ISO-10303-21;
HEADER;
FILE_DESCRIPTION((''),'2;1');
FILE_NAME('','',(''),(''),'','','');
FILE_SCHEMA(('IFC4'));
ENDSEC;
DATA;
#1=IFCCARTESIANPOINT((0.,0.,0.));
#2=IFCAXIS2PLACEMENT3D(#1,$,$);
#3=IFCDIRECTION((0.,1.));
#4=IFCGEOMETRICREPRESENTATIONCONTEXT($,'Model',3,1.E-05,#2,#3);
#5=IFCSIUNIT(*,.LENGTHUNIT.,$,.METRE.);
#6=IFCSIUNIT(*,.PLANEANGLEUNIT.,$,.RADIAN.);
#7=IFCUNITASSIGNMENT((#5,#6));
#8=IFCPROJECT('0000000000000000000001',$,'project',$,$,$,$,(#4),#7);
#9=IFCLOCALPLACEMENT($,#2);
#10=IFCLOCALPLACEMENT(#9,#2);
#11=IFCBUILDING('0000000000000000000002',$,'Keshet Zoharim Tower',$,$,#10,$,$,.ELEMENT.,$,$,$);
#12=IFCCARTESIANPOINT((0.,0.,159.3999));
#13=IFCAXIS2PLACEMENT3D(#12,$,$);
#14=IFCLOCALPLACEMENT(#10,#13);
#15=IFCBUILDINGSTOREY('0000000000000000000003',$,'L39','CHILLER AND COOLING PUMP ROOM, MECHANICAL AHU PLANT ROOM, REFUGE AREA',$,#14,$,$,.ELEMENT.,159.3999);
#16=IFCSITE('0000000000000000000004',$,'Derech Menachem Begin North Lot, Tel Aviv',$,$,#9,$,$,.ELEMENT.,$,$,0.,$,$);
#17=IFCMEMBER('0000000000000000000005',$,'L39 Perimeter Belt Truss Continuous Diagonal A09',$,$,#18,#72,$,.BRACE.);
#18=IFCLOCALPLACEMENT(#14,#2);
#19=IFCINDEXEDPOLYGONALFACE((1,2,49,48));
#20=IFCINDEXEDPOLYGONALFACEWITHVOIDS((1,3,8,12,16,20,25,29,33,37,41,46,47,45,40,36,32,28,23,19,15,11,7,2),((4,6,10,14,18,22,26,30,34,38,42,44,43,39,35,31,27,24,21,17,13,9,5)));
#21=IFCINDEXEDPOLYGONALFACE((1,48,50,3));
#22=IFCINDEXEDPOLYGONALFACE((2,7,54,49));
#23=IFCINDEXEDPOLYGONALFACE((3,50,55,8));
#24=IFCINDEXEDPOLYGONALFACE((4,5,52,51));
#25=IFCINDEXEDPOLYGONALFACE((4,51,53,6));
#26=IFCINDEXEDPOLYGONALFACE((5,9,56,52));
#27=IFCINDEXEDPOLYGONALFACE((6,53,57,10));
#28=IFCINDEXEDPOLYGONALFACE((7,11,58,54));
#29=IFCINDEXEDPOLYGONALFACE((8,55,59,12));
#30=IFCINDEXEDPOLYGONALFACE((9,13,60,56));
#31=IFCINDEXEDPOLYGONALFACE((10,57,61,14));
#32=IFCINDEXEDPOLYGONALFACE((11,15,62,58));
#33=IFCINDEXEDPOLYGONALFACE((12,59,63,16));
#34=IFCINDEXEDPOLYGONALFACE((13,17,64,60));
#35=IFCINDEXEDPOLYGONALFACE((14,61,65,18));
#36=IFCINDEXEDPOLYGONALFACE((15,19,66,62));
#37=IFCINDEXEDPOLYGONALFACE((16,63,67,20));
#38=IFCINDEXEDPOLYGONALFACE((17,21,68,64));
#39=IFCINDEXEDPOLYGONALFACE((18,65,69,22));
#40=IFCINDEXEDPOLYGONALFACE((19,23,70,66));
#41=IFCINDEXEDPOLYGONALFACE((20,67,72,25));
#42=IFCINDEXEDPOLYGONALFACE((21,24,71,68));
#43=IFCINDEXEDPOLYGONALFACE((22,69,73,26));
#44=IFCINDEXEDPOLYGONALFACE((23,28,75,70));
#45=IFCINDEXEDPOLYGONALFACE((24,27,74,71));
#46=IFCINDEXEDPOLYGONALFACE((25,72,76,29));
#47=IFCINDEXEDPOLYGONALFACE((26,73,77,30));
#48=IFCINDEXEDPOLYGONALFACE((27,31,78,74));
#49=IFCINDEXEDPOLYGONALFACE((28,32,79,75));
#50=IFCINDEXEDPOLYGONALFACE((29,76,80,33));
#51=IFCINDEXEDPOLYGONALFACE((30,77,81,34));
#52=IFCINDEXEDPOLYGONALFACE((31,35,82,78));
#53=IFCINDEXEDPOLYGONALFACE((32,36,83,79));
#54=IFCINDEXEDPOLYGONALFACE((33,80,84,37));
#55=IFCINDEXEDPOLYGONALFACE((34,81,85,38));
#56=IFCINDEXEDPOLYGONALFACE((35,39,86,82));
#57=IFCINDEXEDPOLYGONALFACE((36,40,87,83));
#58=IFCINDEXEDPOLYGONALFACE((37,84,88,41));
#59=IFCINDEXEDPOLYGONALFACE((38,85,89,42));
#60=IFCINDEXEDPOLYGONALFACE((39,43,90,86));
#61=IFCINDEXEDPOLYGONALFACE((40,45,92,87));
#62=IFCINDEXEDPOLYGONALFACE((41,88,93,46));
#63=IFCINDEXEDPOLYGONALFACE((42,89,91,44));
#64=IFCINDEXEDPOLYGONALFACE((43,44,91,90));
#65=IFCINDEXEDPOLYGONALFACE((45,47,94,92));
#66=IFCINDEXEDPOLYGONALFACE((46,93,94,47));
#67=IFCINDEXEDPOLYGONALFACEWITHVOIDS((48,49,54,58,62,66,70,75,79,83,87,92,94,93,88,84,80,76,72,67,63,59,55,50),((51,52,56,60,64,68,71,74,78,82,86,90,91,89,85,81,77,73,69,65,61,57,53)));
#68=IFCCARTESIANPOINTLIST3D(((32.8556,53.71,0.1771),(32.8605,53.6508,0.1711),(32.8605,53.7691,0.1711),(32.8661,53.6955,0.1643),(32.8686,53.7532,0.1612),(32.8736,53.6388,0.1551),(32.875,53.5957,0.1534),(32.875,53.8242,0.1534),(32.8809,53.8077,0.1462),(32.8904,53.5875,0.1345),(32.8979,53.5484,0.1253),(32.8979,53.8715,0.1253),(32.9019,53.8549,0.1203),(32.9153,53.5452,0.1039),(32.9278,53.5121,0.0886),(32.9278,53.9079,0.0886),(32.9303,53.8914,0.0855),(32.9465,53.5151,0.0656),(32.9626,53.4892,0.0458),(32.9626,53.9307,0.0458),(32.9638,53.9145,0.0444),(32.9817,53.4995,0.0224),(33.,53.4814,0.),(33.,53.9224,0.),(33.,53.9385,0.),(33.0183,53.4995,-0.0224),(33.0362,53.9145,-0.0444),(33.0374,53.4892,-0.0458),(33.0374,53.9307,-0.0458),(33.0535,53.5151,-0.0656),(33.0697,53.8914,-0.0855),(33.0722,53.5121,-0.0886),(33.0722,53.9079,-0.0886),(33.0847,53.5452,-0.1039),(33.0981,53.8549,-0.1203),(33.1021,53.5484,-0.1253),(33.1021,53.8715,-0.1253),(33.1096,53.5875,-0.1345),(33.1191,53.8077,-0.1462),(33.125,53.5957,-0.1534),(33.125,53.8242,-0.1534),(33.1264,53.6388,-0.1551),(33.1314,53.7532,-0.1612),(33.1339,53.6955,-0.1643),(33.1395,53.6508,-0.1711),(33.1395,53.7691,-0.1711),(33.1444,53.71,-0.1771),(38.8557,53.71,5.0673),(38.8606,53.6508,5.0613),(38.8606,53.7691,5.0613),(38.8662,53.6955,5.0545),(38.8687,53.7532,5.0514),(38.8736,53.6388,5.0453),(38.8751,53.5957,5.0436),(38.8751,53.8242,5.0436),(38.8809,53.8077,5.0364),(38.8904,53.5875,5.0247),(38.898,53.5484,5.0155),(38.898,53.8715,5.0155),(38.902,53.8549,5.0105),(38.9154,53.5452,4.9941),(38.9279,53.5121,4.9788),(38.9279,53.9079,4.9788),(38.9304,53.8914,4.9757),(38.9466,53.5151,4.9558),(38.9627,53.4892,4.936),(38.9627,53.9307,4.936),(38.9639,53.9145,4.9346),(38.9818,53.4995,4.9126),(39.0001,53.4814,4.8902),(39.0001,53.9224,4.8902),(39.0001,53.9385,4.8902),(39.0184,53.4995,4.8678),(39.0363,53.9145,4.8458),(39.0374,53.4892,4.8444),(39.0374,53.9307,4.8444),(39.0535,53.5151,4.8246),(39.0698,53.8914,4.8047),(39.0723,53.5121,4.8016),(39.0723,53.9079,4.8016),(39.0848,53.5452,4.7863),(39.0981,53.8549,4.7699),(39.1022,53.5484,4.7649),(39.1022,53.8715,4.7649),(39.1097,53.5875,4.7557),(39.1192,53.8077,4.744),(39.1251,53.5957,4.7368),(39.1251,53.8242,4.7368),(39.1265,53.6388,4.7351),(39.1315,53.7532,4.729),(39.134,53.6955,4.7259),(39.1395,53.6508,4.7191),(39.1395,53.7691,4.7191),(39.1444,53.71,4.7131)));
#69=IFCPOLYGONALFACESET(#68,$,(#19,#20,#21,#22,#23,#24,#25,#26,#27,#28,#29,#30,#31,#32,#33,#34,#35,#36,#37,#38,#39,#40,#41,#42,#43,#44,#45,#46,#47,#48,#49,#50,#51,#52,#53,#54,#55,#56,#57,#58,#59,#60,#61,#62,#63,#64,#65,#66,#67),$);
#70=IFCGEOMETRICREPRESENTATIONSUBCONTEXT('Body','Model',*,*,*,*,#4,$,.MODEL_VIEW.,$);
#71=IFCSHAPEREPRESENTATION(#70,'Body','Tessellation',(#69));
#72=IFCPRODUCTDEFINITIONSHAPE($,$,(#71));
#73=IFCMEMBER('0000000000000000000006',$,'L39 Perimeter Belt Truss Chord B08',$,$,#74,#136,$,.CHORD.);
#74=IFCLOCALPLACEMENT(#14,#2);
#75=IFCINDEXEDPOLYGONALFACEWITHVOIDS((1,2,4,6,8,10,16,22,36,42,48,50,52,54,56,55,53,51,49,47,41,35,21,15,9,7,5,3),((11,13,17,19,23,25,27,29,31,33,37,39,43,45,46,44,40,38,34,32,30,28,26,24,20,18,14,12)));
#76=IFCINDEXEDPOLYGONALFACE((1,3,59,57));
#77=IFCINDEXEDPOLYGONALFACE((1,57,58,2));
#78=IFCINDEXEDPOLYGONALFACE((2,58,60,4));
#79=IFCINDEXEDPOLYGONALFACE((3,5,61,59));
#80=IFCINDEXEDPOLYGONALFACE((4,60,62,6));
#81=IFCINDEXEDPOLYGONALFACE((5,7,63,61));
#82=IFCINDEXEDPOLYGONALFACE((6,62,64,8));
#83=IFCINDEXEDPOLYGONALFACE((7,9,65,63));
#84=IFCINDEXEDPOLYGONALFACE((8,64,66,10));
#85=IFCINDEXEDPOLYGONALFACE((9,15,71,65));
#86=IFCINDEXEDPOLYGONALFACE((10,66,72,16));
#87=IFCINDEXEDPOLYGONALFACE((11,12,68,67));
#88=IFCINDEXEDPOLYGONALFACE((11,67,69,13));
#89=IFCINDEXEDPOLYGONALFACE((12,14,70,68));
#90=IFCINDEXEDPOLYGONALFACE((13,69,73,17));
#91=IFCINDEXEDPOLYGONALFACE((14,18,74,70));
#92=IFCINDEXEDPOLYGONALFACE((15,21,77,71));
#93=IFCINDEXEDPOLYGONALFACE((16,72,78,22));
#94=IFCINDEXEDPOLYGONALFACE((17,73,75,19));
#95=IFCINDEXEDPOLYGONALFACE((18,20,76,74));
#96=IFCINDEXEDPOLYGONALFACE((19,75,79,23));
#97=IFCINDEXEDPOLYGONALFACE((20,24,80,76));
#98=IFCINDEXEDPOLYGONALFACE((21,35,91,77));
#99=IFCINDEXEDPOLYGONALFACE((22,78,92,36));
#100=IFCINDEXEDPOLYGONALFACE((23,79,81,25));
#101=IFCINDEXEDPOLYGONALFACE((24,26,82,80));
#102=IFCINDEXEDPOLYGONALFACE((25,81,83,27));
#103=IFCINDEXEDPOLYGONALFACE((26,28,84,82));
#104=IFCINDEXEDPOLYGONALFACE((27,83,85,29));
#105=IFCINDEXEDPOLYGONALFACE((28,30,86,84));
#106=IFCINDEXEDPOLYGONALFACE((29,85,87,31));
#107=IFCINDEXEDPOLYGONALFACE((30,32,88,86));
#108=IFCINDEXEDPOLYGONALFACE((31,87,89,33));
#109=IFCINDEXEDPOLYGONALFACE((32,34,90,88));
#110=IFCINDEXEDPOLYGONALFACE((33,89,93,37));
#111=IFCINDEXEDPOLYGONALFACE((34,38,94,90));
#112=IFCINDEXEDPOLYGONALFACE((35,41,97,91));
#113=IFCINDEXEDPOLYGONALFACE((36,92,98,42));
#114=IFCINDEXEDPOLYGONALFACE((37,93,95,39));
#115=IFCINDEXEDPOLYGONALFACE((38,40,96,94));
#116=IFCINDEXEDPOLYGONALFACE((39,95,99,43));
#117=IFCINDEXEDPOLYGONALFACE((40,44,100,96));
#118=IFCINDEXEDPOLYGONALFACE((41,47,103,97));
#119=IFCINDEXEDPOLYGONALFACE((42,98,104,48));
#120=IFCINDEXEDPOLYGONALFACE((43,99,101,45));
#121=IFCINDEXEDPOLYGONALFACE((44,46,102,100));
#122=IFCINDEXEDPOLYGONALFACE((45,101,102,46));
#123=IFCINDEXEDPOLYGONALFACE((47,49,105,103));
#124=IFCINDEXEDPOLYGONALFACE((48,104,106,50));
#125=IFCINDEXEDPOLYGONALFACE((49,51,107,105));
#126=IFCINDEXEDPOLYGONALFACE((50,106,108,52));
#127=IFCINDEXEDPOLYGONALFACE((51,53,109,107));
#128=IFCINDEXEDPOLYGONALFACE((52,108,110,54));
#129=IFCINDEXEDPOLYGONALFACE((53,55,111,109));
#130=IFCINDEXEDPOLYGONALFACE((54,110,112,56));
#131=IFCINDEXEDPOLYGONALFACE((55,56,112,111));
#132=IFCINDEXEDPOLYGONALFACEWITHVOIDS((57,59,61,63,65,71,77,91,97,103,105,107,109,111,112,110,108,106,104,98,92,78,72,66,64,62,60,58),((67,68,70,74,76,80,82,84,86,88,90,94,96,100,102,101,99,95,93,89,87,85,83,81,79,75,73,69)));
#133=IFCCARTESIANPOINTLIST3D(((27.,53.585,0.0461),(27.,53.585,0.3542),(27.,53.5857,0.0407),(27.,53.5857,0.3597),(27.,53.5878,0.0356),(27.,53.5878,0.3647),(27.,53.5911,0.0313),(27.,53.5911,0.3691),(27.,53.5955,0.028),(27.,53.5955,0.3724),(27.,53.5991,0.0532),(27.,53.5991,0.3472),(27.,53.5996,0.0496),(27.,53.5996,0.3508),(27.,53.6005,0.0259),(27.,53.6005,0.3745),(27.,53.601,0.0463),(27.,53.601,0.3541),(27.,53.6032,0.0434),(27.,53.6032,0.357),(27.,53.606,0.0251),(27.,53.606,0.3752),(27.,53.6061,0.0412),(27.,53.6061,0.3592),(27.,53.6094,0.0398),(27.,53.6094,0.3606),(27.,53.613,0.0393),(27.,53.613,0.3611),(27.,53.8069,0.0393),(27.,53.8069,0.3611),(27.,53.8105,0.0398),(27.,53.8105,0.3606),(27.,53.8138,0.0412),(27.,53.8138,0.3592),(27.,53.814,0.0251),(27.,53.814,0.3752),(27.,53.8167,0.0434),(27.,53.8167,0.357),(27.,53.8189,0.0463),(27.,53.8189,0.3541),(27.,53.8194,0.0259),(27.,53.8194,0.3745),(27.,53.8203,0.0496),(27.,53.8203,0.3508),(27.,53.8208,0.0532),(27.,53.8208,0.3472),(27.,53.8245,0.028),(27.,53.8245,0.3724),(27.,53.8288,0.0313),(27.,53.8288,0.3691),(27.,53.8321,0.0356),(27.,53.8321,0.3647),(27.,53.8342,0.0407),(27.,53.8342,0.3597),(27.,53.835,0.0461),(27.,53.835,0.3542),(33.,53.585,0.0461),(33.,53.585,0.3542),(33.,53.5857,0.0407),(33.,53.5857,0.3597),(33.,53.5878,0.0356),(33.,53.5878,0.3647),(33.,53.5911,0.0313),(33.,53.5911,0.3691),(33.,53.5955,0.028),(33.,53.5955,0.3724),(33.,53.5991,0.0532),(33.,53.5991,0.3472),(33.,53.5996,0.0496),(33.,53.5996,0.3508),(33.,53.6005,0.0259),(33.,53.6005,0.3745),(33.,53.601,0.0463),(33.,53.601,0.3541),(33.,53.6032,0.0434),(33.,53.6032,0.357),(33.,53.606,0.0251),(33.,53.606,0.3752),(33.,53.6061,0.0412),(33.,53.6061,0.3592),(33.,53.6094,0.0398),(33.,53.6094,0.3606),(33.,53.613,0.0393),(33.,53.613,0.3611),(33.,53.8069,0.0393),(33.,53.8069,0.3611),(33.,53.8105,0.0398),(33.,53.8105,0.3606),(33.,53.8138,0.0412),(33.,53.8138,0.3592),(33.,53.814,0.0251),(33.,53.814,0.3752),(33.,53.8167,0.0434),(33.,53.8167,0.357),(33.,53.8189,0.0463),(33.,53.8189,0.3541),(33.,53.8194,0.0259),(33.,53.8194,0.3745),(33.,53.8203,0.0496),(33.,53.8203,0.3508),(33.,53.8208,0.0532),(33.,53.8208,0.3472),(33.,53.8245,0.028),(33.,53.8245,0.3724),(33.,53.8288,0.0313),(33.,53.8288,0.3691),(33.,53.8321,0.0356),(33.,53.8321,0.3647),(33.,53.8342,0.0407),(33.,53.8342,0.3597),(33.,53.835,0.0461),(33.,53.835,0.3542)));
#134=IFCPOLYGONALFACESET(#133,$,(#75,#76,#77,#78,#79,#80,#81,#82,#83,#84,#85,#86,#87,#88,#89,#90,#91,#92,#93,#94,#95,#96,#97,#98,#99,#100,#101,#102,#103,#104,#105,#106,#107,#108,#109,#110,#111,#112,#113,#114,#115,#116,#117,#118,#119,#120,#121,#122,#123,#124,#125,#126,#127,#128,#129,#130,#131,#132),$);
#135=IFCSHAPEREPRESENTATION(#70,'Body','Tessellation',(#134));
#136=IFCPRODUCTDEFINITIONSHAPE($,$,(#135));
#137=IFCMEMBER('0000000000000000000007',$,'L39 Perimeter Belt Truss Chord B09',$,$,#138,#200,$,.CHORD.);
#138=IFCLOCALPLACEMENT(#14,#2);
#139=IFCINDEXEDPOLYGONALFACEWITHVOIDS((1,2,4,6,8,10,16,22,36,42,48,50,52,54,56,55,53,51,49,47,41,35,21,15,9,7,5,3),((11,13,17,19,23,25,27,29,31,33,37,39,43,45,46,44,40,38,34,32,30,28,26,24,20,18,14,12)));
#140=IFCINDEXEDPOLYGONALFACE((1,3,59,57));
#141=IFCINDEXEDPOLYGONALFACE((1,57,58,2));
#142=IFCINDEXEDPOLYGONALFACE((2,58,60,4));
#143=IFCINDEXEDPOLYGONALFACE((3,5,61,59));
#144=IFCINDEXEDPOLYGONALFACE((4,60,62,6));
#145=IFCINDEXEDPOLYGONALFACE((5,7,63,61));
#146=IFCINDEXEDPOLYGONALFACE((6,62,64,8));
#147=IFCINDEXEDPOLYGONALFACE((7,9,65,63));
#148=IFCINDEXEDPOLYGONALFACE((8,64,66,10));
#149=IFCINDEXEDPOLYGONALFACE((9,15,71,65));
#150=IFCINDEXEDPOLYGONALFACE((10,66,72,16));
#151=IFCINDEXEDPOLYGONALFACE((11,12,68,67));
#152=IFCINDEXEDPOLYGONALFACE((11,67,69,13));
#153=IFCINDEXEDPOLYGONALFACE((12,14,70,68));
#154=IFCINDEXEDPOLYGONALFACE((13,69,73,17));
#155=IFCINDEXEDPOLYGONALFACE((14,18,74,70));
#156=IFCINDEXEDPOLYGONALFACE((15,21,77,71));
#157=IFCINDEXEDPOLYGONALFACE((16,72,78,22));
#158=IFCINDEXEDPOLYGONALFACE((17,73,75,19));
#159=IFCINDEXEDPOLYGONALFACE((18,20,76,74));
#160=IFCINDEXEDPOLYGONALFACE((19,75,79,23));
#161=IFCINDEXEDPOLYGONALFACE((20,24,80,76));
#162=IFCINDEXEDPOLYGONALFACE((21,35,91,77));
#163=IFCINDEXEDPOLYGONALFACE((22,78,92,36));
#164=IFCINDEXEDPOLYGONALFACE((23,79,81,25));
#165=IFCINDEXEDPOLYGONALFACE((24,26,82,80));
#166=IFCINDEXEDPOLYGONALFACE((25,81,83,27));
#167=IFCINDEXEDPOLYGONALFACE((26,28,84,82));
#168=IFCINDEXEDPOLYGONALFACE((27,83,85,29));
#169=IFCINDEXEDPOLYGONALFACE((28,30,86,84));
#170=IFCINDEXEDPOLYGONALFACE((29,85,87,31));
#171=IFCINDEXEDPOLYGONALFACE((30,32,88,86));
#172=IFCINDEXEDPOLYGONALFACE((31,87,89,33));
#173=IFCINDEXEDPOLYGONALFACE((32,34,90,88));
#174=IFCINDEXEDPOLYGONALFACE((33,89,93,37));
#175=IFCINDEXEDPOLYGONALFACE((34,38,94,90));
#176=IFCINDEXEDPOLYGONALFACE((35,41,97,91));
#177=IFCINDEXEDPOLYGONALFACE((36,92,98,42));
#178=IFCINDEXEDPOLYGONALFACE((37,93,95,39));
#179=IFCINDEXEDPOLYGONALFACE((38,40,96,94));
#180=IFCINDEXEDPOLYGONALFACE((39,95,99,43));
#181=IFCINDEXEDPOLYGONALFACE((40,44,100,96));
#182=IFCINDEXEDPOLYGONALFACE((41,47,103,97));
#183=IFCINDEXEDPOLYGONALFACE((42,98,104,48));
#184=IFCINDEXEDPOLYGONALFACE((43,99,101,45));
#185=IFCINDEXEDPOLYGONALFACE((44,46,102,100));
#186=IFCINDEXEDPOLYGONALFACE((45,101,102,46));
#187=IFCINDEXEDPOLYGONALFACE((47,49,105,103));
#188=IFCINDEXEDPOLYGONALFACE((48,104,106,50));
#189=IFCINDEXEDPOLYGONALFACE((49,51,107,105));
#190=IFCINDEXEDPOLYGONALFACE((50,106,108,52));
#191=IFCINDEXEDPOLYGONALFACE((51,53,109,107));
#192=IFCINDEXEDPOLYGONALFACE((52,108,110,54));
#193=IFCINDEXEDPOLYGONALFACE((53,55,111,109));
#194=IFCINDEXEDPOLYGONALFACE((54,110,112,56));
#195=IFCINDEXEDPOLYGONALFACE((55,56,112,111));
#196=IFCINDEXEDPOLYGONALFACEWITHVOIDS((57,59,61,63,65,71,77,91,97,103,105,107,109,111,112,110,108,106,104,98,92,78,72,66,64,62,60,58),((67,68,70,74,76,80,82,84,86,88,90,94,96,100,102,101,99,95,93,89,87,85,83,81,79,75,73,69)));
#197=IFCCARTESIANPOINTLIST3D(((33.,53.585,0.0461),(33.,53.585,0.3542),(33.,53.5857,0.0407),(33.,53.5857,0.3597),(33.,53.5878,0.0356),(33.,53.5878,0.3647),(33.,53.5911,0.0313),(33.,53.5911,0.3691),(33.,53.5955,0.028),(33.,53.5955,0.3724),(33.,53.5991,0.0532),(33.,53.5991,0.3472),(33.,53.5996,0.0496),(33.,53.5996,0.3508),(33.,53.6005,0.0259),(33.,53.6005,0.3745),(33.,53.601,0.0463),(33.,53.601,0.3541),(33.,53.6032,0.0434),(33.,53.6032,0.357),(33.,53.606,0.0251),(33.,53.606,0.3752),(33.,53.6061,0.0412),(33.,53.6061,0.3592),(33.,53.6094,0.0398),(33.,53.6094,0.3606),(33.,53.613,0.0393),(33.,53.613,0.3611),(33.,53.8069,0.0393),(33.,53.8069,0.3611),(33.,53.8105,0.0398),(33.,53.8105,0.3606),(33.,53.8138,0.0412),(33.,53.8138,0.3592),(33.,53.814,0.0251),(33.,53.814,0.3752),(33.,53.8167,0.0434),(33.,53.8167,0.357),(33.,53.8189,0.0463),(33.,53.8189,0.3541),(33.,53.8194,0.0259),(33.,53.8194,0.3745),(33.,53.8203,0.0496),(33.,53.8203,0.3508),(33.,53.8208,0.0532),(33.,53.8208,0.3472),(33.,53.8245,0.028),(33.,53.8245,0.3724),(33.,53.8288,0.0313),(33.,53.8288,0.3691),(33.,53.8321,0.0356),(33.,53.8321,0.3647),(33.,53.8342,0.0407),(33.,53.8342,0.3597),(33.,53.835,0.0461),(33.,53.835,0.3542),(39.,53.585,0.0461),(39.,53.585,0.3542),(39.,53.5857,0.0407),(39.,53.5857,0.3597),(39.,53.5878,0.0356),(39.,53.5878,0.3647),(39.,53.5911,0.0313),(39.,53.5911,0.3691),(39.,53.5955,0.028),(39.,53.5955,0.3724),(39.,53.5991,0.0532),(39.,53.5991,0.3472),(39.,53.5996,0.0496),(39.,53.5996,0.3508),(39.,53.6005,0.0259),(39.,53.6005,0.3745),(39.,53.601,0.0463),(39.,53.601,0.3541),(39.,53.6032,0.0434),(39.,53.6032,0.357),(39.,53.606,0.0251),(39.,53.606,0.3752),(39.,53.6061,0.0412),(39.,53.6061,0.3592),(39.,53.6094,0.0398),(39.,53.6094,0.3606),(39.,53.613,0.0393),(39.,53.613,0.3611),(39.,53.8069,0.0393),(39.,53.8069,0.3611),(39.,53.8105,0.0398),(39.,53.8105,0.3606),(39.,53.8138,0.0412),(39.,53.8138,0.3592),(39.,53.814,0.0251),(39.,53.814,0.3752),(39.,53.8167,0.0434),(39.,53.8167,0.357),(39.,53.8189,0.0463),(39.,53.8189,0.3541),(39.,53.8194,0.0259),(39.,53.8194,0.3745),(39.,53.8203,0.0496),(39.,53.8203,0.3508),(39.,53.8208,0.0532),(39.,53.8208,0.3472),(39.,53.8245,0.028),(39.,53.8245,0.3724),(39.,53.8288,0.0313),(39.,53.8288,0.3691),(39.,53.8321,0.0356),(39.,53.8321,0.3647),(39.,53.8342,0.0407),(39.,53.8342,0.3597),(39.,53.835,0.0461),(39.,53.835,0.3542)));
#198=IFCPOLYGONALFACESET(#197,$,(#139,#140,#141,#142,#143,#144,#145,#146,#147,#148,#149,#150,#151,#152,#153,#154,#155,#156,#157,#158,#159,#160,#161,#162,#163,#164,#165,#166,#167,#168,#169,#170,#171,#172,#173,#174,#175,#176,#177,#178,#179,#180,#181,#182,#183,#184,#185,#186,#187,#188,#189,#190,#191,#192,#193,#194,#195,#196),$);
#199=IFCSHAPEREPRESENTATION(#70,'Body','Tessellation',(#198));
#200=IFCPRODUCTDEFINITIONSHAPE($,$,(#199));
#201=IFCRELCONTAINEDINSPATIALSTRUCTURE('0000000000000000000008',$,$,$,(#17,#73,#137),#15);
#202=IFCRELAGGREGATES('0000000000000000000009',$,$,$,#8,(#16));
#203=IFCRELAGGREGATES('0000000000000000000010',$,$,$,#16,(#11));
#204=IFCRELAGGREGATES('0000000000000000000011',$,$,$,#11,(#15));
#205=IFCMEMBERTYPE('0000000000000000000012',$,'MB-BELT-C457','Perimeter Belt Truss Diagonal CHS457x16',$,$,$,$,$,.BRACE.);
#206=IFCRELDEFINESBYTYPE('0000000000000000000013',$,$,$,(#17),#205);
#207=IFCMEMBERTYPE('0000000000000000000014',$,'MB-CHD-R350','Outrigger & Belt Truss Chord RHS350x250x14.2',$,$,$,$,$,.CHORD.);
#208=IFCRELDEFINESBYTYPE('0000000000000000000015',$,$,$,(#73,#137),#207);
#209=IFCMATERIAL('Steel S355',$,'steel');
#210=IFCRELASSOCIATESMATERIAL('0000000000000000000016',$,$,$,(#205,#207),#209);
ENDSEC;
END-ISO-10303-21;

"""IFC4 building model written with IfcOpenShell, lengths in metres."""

from ifc_helpers import new_model, si_unit, direction, frame, origin, origin_2d, place, context, subcontext, project, spatial, hollow_rectangle, hollow_circle, extrude, material, material_profile, profile_set, type_object, element, save


model = new_model("IFC4")

# Units and contexts
model_context = context("Model", 3, precision=1e-05, world=origin(), true_north=direction((0.0, 1.0)))
body_context = subcontext(model_context, "Body", "Model", "MODEL_VIEW")
ifc_project = project(units=[si_unit("LENGTHUNIT", "METRE"), si_unit("PLANEANGLEUNIT", "RADIAN")], contexts=[model_context])

# Site, building, storey
site_placement = place(None, origin())
site = spatial("IfcSite", under=ifc_project, at=site_placement, Name="Derech Menachem Begin North Lot, Tel Aviv", CompositionType="ELEMENT", RefElevation=0.0)
building_placement = place(site_placement, origin())
building = spatial("IfcBuilding", under=site, at=building_placement, Name="Keshet Zoharim Tower", CompositionType="ELEMENT")
storey_placement = place(building_placement, frame((0.0, 0.0, 159.3999)))
storey = spatial("IfcBuildingStorey", under=building, at=storey_placement, Name="L39", Description="CHILLER AND COOLING PUMP ROOM, MECHANICAL AHU PLANT ROOM, REFUGE AREA", CompositionType="ELEMENT", Elevation=159.3999)

# Shared definitions
ifc_material_1 = material(Name="Steel S355", Category="steel")

# Members
ifc_material_profile_1 = material_profile(ifc_material_1, hollow_circle(Radius=0.2285, WallThickness=0.0161, at=origin_2d()), Name="CHS457x16")
ifc_profile_set_1 = profile_set([ifc_material_profile_1], Name="Steel S355")
member_type_1 = type_object("IfcMemberType", Name="MB-BELT-C457", Description="Perimeter Belt Truss Diagonal CHS457x16", PredefinedType="BRACE", material=ifc_profile_set_1)
member_1_placement = place(storey_placement, frame((33.0, 53.71, 0.0), z_axis=(0.775156, 0.0, 0.63177), x_axis=(0.0, 1.0, 0.0)))
element("IfcMember", 1, at=member_1_placement, inside=storey, type_object=member_type_1, Name="L39 Perimeter Belt Truss Continuous Diagonal A09", PredefinedType="BRACE", context=body_context, shape_type="SweptSolid", body=[
    extrude(hollow_circle(Radius=0.2285, WallThickness=0.0161, at=origin_2d()), origin(), (0.0, 0.0, 1.0), 7.7405),
])
ifc_material_profile_2 = material_profile(ifc_material_1, hollow_rectangle(XDim=0.25, YDim=0.3501, WallThickness=0.0142, InnerFilletRadius=0.0139, OuterFilletRadius=0.021, at=origin_2d()), Name="RHS350x250x14.2")
ifc_profile_set_2 = profile_set([ifc_material_profile_2], Name="Steel S355")
member_type_2 = type_object("IfcMemberType", Name="MB-CHD-R350", Description="Outrigger & Belt Truss Chord RHS350x250x14.2", PredefinedType="CHORD", material=ifc_profile_set_2)
for number, where, z_axis, x_axis, name in (
    (2, (27.0, 53.71, 0.2002), (1.0, 0.0, 0.0), (0.0, 1.0, 0.0), "L39 Perimeter Belt Truss Chord B08"),
    (3, (33.0, 53.71, 0.2002), (1.0, 0.0, 0.0), (0.0, 1.0, 0.0), "L39 Perimeter Belt Truss Chord B09"),
):
    element("IfcMember", number, at=place(storey_placement, frame(where, z_axis=z_axis, x_axis=x_axis)), inside=storey, type_object=member_type_2, Name=name, PredefinedType="CHORD", context=body_context, shape_type="SweptSolid", body=[
        extrude(hollow_rectangle(XDim=0.25, YDim=0.3501, WallThickness=0.0142, InnerFilletRadius=0.0139, OuterFilletRadius=0.021, at=origin_2d()), origin(), (0.0, 0.0, 1.0), 6.0),
    ])

save(model, "model.ifc")
